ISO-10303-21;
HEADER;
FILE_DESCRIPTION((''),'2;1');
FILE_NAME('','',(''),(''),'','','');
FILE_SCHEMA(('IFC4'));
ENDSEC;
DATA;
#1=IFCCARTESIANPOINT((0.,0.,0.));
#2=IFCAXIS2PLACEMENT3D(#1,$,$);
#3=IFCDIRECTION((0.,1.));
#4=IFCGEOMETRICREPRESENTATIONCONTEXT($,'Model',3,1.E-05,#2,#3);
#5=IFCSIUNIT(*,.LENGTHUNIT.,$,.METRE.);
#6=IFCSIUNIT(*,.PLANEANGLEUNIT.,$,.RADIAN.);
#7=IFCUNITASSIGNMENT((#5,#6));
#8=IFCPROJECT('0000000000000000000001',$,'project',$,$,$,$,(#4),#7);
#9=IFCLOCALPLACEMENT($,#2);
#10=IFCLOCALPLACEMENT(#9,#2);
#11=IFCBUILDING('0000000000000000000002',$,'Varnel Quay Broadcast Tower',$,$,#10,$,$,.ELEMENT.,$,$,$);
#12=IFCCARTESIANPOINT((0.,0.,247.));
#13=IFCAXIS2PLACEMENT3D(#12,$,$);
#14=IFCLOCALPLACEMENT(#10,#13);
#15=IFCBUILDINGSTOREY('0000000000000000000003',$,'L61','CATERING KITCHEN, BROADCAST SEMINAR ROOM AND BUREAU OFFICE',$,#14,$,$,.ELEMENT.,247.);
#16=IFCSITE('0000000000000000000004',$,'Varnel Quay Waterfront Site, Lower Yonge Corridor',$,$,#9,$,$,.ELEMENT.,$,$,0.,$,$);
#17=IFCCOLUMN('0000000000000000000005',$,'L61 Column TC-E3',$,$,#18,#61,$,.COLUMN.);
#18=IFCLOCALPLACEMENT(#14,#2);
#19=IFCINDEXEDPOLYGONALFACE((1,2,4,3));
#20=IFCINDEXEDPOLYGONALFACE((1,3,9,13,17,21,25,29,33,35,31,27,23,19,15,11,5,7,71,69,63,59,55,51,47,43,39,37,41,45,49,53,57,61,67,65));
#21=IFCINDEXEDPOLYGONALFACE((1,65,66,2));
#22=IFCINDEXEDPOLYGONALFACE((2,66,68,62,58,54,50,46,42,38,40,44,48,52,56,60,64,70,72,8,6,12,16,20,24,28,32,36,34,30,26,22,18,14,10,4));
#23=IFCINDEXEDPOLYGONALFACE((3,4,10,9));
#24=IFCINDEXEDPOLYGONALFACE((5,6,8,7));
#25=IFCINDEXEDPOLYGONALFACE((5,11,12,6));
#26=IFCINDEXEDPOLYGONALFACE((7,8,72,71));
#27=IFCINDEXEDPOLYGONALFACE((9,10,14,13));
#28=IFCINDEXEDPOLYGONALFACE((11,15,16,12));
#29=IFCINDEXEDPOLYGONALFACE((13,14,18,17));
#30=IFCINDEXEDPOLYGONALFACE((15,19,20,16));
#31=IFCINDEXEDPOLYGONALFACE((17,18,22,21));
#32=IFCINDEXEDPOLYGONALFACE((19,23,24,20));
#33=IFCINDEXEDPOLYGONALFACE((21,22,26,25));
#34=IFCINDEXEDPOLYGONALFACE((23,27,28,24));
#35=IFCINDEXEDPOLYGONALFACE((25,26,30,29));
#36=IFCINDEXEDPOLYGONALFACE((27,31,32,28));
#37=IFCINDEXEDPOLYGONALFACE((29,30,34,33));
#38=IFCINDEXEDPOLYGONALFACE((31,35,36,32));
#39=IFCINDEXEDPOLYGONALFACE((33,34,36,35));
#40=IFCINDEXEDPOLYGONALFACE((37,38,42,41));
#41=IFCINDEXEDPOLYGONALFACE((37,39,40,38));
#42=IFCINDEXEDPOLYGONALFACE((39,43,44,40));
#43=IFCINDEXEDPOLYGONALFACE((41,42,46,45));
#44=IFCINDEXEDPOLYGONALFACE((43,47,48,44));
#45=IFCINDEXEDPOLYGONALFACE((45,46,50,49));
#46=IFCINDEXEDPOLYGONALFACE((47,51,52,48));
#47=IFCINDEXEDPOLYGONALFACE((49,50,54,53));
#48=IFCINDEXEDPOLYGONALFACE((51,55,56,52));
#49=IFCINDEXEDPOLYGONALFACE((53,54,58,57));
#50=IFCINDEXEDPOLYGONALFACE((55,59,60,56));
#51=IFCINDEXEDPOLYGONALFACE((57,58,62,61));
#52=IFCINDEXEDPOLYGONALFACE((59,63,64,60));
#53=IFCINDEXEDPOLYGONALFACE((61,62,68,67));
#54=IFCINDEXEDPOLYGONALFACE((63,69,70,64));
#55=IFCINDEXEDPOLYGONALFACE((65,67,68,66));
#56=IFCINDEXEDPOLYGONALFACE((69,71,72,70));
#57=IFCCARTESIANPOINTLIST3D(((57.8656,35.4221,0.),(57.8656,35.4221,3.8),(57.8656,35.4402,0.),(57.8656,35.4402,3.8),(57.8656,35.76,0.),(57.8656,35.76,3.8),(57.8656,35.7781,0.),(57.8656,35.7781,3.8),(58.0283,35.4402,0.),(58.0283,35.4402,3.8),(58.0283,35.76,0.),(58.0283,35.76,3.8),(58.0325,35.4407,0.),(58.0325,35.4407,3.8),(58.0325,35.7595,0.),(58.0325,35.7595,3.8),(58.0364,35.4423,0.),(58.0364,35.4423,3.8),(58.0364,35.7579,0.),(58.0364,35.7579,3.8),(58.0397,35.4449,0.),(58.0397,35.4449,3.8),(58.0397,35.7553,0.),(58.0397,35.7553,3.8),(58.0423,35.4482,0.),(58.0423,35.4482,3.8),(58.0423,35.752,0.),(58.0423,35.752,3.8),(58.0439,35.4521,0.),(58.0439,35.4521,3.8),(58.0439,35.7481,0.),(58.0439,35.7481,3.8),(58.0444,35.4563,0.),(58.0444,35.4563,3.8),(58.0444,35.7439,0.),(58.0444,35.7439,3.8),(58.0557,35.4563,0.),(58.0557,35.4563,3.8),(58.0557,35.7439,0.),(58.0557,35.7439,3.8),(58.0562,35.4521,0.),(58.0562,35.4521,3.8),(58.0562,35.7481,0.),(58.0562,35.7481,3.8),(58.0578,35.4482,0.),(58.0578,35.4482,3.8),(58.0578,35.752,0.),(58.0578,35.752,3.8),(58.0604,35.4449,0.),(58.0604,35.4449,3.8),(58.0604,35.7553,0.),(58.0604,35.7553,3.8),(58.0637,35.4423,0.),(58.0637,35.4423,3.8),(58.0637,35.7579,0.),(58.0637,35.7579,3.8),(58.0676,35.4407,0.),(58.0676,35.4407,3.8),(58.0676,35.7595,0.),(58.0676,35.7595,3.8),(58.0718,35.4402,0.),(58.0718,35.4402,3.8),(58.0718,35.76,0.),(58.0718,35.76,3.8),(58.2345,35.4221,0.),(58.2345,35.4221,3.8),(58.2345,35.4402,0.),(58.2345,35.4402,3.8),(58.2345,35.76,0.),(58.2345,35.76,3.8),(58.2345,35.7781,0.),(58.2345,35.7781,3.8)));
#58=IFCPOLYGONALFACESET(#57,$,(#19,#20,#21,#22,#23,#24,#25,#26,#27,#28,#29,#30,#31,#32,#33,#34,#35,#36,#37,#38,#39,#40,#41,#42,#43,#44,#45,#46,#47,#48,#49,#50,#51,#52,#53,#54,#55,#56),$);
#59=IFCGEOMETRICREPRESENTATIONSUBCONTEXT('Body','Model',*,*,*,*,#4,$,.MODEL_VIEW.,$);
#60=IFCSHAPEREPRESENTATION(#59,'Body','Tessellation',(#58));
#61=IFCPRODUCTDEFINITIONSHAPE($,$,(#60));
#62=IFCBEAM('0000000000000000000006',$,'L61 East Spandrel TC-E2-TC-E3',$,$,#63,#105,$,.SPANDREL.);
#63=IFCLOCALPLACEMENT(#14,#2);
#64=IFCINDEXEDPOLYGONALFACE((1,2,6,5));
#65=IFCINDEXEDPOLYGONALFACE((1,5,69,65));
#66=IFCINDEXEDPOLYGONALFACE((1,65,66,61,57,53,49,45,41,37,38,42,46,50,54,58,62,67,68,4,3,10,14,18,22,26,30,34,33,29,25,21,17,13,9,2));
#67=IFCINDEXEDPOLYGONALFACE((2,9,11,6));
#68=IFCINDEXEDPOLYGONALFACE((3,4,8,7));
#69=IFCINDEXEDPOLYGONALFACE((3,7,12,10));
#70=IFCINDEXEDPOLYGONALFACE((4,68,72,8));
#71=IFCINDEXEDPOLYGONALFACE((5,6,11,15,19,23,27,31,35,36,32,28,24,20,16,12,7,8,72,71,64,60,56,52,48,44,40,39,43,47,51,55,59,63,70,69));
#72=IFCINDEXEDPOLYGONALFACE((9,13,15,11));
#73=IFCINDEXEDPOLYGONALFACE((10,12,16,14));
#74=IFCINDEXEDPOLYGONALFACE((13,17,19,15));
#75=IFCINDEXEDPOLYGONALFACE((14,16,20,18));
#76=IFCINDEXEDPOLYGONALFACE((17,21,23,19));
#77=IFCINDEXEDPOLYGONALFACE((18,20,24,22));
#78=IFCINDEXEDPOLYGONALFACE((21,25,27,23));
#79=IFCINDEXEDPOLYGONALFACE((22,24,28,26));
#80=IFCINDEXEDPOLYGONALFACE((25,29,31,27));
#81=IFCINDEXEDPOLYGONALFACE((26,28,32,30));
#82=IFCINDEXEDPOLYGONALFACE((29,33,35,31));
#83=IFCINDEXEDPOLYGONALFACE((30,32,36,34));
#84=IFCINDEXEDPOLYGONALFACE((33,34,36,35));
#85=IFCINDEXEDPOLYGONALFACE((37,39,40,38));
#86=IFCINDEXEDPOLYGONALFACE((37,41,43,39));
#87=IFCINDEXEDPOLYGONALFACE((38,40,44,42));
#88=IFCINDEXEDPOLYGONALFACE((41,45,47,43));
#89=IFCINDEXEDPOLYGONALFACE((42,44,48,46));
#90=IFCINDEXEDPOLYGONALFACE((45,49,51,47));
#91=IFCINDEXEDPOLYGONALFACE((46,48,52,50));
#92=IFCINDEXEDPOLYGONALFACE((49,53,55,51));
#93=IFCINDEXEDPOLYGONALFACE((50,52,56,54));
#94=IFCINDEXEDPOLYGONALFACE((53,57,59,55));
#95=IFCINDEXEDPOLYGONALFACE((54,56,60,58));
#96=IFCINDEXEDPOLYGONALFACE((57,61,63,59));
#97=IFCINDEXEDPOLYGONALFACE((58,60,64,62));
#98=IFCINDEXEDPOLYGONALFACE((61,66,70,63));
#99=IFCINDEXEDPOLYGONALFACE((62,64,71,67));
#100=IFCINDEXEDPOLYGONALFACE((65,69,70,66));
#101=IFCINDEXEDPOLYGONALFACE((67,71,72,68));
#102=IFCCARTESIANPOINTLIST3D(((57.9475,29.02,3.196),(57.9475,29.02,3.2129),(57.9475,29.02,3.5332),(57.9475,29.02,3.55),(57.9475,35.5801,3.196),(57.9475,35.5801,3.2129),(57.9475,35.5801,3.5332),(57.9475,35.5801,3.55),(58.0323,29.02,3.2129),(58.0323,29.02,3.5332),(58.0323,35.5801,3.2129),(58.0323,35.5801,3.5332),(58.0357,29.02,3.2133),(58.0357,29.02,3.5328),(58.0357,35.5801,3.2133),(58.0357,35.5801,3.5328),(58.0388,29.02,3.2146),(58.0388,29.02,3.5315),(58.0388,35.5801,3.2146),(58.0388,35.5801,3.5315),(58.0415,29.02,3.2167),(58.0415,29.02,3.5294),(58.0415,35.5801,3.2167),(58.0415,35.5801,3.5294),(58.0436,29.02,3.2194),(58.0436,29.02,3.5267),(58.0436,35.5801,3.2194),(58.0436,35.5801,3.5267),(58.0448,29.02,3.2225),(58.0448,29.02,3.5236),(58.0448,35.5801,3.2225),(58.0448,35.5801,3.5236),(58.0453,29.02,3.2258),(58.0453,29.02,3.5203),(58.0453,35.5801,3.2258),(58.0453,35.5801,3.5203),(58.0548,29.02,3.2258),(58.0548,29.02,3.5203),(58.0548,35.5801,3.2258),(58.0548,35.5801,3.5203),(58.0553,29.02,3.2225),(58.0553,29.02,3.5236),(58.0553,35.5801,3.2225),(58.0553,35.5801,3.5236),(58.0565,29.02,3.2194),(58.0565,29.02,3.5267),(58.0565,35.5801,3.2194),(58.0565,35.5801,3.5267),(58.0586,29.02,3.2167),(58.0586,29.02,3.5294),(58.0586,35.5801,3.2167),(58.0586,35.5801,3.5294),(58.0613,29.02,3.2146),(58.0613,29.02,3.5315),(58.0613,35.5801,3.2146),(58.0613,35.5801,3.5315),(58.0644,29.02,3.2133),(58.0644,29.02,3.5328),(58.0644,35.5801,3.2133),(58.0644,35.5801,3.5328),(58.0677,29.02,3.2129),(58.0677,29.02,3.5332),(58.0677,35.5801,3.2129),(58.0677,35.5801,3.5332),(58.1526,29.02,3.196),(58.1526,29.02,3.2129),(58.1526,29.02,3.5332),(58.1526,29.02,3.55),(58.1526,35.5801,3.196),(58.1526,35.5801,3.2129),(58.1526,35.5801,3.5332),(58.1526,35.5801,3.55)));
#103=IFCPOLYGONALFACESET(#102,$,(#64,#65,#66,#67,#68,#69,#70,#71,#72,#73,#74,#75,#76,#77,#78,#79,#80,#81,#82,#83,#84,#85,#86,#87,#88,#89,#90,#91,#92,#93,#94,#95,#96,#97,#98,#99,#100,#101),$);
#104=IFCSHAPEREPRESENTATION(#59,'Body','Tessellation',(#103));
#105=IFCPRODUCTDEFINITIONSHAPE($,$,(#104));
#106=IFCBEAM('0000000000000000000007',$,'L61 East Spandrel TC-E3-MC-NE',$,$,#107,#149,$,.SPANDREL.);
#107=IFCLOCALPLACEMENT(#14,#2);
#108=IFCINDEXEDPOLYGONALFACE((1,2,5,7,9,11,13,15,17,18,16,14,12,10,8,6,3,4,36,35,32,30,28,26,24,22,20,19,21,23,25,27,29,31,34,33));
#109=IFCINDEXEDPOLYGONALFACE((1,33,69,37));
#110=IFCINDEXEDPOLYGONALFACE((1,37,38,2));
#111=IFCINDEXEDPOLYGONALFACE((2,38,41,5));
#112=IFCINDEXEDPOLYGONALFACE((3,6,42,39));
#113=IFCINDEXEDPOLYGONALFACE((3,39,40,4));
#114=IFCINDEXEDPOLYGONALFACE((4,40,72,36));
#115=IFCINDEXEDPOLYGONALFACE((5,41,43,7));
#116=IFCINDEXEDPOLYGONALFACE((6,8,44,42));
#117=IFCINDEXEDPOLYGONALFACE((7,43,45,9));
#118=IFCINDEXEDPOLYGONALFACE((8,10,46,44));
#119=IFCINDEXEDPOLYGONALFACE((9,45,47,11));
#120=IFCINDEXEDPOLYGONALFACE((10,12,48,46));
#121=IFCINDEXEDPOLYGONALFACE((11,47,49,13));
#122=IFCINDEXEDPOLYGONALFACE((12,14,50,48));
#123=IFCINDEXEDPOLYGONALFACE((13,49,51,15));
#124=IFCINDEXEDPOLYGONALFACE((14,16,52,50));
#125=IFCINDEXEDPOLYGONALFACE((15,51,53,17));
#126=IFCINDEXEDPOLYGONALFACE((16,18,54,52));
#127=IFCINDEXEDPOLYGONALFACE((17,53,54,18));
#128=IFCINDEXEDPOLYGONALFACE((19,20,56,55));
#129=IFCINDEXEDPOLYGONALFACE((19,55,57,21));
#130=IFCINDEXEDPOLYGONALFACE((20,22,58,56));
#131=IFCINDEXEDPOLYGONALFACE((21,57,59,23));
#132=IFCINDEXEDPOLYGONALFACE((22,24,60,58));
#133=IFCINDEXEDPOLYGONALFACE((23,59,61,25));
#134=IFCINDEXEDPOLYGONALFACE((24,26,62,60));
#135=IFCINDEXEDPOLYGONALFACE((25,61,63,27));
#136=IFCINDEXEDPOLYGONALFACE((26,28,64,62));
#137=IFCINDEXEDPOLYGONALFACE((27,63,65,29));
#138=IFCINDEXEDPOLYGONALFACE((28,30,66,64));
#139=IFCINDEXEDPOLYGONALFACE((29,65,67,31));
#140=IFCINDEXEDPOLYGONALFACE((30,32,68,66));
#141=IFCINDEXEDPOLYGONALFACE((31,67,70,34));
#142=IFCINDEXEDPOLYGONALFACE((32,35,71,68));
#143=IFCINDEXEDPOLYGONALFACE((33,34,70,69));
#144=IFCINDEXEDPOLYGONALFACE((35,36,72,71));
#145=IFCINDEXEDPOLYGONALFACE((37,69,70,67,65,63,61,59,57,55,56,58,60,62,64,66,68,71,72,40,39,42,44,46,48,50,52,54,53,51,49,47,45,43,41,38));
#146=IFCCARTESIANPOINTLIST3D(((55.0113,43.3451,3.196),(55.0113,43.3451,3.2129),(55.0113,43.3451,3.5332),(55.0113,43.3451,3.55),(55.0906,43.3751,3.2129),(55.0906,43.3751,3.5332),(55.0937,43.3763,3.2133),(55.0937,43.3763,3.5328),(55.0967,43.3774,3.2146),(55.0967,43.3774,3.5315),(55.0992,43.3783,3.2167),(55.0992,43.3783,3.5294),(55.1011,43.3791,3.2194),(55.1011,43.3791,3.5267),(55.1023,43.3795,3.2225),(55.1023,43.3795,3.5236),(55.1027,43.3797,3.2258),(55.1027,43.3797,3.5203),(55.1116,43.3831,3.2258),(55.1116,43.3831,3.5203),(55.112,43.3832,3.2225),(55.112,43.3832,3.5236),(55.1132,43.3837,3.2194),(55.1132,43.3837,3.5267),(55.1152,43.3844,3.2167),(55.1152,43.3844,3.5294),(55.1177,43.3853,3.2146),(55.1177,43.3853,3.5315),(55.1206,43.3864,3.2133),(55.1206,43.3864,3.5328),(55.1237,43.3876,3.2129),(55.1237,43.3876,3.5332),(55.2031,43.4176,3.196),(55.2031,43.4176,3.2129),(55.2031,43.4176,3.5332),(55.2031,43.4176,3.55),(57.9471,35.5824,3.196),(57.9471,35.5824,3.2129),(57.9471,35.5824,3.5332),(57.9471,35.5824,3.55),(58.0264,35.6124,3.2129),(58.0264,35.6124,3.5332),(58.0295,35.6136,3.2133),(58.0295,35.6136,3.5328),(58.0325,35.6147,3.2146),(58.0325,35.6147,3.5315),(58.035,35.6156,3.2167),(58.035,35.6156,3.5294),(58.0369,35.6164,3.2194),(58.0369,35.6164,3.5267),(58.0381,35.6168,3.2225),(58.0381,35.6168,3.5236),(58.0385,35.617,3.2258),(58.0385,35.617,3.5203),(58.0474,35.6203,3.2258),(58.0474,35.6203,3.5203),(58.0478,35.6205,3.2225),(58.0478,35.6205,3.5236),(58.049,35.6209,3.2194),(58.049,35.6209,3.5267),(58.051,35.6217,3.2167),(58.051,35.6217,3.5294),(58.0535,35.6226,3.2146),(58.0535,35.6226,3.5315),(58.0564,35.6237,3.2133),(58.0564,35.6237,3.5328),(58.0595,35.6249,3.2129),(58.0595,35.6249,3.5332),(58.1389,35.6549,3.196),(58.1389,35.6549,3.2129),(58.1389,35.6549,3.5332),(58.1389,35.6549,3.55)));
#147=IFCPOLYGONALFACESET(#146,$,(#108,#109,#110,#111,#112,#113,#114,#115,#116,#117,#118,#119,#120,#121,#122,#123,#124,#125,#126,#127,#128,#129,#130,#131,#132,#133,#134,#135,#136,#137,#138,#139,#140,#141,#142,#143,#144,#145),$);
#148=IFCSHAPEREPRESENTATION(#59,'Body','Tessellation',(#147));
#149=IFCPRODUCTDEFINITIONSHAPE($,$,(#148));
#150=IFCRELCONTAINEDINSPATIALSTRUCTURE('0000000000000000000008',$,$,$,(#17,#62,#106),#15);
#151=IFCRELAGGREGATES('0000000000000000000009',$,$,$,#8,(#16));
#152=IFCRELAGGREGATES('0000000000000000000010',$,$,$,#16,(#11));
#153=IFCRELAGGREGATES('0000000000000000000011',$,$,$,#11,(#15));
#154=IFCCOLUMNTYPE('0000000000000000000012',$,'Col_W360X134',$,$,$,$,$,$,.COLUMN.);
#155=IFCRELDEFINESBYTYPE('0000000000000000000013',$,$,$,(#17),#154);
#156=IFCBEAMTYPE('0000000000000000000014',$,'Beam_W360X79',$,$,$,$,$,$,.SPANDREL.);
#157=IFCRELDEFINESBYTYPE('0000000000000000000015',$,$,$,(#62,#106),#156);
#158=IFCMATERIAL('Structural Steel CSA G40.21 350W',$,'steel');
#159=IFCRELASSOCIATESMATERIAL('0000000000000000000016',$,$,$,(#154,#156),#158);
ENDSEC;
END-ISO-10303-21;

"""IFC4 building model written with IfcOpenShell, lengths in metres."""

from ifc_helpers import new_model, si_unit, direction, frame, origin, origin_2d, place, context, subcontext, project, spatial, i_section, extrude, source, transform, mapped, material, material_profile, profile_set, type_object, type_shapes, element, save


model = new_model("IFC4")

# Units and contexts
model_context = context("Model", 3, precision=1e-05, world=origin(), true_north=direction((0.0, 1.0)))
body_context = subcontext(model_context, "Body", "Model", "MODEL_VIEW")
ifc_project = project(units=[si_unit("LENGTHUNIT", "METRE"), si_unit("PLANEANGLEUNIT", "RADIAN")], contexts=[model_context])

# Site, building, storey
site_placement = place(None, origin())
site = spatial("IfcSite", under=ifc_project, at=site_placement, Name="Varnel Quay Waterfront Site, Lower Yonge Corridor", CompositionType="ELEMENT", RefElevation=0.0)
building_placement = place(site_placement, origin())
building = spatial("IfcBuilding", under=site, at=building_placement, Name="Varnel Quay Broadcast Tower", CompositionType="ELEMENT")
storey_placement = place(building_placement, frame((0.0, 0.0, 247.0)))
storey = spatial("IfcBuildingStorey", under=building, at=storey_placement, Name="L61", Description="CATERING KITCHEN, BROADCAST SEMINAR ROOM AND BUREAU OFFICE", CompositionType="ELEMENT", Elevation=247.0)

# Column
ifc_material_1 = material(Name="Structural Steel CSA G40.21 350W", Category="steel")
ifc_material_profile_1 = material_profile(ifc_material_1, i_section(OverallWidth=0.3689, OverallDepth=0.356, WebThickness=0.0112, FlangeThickness=0.0181, FilletRadius=0.0161, at=origin_2d()), Name="W360X134")
ifc_profile_set_1 = profile_set([ifc_material_profile_1], Name="Structural Steel CSA G40.21 350W")
column_type_1 = type_object("IfcColumnType", Name="Col_W360X134", PredefinedType="COLUMN", material=ifc_profile_set_1)
shared_shape_1 = source(origin(), body_context, "Body", "SweptSolid", [
    extrude(i_section(OverallWidth=0.3689, OverallDepth=0.356, WebThickness=0.0112, FlangeThickness=0.0181, FilletRadius=0.0161, at=origin_2d()), origin(), (0.0, 0.0, 1.0), 3.8),
])
type_shapes(column_type_1, [shared_shape_1])
for number, where, z_axis, x_axis, name in (
    (1, (58.05, 35.6001, 0.0), (0.0, 0.0, 1.0), (1.0, 0.0, 0.0), "L61 Column TC-E3"),
):
    element("IfcColumn", number, at=place(storey_placement, frame(where, z_axis=z_axis, x_axis=x_axis)), inside=storey, type_object=column_type_1, Name=name, PredefinedType="COLUMN", context=body_context, shape_type="MappedRepresentation", body=[
        mapped(shared_shape_1, transform((0.0, 0.0, 0.0), x_axis=(1.0, 0.0, 0.0), y_axis=(0.0, 1.0, 0.0), z_axis=(0.0, 0.0, 1.0), scale=1.0)),
    ])

# Beams
ifc_material_profile_2 = material_profile(ifc_material_1, i_section(OverallWidth=0.2051, OverallDepth=0.354, WebThickness=0.0095, FlangeThickness=0.0168, FilletRadius=0.0129, at=origin_2d()), Name="W360X79")
ifc_profile_set_2 = profile_set([ifc_material_profile_2], Name="Structural Steel CSA G40.21 350W")
beam_type_1 = type_object("IfcBeamType", Name="Beam_W360X79", PredefinedType="SPANDREL", material=ifc_profile_set_2)
shared_shape_2 = source(origin(), body_context, "Body", "SweptSolid", [
    extrude(i_section(OverallWidth=0.2051, OverallDepth=0.354, WebThickness=0.0095, FlangeThickness=0.0168, FilletRadius=0.0129, at=origin_2d()), origin(), (0.0, 0.0, 1.0), 6.5601),
])
beam_1_placement = place(storey_placement, frame((58.05, 29.02, 3.373), z_axis=(0.0, 1.0, 0.0), x_axis=(-1.0, 0.0, 0.0)))
element("IfcBeam", 2, at=beam_1_placement, inside=storey, type_object=beam_type_1, Name="L61 East Spandrel TC-E2-TC-E3", PredefinedType="SPANDREL", context=body_context, shape_type="MappedRepresentation", body=[
    mapped(shared_shape_2, transform((0.0, 0.0, 0.0), x_axis=(1.0, 0.0, 0.0), y_axis=(0.0, 1.0, 0.0), z_axis=(0.0, 0.0, 1.0), scale=1.0)),
])
shared_shape_3 = source(origin(), body_context, "Body", "SweptSolid", [
    extrude(i_section(OverallWidth=0.2051, OverallDepth=0.354, WebThickness=0.0095, FlangeThickness=0.0168, FilletRadius=0.0129, at=origin_2d()), origin(), (0.0, 0.0, 1.0), 8.2993),
])
beam_2_placement = place(storey_placement, frame((58.043, 35.6187, 3.373), z_axis=(-0.35374, 0.935344, 0.0), x_axis=(-0.935344, -0.35374, 0.0)))
element("IfcBeam", 3, at=beam_2_placement, inside=storey, type_object=beam_type_1, Name="L61 East Spandrel TC-E3-MC-NE", PredefinedType="SPANDREL", context=body_context, shape_type="MappedRepresentation", body=[
    mapped(shared_shape_3, transform((0.0, 0.0, 0.0), x_axis=(1.0, 0.0, 0.0), y_axis=(0.0, 1.0, 0.0), z_axis=(0.0, 0.0, 1.0), scale=1.0)),
])

save(model, "model.ifc")
